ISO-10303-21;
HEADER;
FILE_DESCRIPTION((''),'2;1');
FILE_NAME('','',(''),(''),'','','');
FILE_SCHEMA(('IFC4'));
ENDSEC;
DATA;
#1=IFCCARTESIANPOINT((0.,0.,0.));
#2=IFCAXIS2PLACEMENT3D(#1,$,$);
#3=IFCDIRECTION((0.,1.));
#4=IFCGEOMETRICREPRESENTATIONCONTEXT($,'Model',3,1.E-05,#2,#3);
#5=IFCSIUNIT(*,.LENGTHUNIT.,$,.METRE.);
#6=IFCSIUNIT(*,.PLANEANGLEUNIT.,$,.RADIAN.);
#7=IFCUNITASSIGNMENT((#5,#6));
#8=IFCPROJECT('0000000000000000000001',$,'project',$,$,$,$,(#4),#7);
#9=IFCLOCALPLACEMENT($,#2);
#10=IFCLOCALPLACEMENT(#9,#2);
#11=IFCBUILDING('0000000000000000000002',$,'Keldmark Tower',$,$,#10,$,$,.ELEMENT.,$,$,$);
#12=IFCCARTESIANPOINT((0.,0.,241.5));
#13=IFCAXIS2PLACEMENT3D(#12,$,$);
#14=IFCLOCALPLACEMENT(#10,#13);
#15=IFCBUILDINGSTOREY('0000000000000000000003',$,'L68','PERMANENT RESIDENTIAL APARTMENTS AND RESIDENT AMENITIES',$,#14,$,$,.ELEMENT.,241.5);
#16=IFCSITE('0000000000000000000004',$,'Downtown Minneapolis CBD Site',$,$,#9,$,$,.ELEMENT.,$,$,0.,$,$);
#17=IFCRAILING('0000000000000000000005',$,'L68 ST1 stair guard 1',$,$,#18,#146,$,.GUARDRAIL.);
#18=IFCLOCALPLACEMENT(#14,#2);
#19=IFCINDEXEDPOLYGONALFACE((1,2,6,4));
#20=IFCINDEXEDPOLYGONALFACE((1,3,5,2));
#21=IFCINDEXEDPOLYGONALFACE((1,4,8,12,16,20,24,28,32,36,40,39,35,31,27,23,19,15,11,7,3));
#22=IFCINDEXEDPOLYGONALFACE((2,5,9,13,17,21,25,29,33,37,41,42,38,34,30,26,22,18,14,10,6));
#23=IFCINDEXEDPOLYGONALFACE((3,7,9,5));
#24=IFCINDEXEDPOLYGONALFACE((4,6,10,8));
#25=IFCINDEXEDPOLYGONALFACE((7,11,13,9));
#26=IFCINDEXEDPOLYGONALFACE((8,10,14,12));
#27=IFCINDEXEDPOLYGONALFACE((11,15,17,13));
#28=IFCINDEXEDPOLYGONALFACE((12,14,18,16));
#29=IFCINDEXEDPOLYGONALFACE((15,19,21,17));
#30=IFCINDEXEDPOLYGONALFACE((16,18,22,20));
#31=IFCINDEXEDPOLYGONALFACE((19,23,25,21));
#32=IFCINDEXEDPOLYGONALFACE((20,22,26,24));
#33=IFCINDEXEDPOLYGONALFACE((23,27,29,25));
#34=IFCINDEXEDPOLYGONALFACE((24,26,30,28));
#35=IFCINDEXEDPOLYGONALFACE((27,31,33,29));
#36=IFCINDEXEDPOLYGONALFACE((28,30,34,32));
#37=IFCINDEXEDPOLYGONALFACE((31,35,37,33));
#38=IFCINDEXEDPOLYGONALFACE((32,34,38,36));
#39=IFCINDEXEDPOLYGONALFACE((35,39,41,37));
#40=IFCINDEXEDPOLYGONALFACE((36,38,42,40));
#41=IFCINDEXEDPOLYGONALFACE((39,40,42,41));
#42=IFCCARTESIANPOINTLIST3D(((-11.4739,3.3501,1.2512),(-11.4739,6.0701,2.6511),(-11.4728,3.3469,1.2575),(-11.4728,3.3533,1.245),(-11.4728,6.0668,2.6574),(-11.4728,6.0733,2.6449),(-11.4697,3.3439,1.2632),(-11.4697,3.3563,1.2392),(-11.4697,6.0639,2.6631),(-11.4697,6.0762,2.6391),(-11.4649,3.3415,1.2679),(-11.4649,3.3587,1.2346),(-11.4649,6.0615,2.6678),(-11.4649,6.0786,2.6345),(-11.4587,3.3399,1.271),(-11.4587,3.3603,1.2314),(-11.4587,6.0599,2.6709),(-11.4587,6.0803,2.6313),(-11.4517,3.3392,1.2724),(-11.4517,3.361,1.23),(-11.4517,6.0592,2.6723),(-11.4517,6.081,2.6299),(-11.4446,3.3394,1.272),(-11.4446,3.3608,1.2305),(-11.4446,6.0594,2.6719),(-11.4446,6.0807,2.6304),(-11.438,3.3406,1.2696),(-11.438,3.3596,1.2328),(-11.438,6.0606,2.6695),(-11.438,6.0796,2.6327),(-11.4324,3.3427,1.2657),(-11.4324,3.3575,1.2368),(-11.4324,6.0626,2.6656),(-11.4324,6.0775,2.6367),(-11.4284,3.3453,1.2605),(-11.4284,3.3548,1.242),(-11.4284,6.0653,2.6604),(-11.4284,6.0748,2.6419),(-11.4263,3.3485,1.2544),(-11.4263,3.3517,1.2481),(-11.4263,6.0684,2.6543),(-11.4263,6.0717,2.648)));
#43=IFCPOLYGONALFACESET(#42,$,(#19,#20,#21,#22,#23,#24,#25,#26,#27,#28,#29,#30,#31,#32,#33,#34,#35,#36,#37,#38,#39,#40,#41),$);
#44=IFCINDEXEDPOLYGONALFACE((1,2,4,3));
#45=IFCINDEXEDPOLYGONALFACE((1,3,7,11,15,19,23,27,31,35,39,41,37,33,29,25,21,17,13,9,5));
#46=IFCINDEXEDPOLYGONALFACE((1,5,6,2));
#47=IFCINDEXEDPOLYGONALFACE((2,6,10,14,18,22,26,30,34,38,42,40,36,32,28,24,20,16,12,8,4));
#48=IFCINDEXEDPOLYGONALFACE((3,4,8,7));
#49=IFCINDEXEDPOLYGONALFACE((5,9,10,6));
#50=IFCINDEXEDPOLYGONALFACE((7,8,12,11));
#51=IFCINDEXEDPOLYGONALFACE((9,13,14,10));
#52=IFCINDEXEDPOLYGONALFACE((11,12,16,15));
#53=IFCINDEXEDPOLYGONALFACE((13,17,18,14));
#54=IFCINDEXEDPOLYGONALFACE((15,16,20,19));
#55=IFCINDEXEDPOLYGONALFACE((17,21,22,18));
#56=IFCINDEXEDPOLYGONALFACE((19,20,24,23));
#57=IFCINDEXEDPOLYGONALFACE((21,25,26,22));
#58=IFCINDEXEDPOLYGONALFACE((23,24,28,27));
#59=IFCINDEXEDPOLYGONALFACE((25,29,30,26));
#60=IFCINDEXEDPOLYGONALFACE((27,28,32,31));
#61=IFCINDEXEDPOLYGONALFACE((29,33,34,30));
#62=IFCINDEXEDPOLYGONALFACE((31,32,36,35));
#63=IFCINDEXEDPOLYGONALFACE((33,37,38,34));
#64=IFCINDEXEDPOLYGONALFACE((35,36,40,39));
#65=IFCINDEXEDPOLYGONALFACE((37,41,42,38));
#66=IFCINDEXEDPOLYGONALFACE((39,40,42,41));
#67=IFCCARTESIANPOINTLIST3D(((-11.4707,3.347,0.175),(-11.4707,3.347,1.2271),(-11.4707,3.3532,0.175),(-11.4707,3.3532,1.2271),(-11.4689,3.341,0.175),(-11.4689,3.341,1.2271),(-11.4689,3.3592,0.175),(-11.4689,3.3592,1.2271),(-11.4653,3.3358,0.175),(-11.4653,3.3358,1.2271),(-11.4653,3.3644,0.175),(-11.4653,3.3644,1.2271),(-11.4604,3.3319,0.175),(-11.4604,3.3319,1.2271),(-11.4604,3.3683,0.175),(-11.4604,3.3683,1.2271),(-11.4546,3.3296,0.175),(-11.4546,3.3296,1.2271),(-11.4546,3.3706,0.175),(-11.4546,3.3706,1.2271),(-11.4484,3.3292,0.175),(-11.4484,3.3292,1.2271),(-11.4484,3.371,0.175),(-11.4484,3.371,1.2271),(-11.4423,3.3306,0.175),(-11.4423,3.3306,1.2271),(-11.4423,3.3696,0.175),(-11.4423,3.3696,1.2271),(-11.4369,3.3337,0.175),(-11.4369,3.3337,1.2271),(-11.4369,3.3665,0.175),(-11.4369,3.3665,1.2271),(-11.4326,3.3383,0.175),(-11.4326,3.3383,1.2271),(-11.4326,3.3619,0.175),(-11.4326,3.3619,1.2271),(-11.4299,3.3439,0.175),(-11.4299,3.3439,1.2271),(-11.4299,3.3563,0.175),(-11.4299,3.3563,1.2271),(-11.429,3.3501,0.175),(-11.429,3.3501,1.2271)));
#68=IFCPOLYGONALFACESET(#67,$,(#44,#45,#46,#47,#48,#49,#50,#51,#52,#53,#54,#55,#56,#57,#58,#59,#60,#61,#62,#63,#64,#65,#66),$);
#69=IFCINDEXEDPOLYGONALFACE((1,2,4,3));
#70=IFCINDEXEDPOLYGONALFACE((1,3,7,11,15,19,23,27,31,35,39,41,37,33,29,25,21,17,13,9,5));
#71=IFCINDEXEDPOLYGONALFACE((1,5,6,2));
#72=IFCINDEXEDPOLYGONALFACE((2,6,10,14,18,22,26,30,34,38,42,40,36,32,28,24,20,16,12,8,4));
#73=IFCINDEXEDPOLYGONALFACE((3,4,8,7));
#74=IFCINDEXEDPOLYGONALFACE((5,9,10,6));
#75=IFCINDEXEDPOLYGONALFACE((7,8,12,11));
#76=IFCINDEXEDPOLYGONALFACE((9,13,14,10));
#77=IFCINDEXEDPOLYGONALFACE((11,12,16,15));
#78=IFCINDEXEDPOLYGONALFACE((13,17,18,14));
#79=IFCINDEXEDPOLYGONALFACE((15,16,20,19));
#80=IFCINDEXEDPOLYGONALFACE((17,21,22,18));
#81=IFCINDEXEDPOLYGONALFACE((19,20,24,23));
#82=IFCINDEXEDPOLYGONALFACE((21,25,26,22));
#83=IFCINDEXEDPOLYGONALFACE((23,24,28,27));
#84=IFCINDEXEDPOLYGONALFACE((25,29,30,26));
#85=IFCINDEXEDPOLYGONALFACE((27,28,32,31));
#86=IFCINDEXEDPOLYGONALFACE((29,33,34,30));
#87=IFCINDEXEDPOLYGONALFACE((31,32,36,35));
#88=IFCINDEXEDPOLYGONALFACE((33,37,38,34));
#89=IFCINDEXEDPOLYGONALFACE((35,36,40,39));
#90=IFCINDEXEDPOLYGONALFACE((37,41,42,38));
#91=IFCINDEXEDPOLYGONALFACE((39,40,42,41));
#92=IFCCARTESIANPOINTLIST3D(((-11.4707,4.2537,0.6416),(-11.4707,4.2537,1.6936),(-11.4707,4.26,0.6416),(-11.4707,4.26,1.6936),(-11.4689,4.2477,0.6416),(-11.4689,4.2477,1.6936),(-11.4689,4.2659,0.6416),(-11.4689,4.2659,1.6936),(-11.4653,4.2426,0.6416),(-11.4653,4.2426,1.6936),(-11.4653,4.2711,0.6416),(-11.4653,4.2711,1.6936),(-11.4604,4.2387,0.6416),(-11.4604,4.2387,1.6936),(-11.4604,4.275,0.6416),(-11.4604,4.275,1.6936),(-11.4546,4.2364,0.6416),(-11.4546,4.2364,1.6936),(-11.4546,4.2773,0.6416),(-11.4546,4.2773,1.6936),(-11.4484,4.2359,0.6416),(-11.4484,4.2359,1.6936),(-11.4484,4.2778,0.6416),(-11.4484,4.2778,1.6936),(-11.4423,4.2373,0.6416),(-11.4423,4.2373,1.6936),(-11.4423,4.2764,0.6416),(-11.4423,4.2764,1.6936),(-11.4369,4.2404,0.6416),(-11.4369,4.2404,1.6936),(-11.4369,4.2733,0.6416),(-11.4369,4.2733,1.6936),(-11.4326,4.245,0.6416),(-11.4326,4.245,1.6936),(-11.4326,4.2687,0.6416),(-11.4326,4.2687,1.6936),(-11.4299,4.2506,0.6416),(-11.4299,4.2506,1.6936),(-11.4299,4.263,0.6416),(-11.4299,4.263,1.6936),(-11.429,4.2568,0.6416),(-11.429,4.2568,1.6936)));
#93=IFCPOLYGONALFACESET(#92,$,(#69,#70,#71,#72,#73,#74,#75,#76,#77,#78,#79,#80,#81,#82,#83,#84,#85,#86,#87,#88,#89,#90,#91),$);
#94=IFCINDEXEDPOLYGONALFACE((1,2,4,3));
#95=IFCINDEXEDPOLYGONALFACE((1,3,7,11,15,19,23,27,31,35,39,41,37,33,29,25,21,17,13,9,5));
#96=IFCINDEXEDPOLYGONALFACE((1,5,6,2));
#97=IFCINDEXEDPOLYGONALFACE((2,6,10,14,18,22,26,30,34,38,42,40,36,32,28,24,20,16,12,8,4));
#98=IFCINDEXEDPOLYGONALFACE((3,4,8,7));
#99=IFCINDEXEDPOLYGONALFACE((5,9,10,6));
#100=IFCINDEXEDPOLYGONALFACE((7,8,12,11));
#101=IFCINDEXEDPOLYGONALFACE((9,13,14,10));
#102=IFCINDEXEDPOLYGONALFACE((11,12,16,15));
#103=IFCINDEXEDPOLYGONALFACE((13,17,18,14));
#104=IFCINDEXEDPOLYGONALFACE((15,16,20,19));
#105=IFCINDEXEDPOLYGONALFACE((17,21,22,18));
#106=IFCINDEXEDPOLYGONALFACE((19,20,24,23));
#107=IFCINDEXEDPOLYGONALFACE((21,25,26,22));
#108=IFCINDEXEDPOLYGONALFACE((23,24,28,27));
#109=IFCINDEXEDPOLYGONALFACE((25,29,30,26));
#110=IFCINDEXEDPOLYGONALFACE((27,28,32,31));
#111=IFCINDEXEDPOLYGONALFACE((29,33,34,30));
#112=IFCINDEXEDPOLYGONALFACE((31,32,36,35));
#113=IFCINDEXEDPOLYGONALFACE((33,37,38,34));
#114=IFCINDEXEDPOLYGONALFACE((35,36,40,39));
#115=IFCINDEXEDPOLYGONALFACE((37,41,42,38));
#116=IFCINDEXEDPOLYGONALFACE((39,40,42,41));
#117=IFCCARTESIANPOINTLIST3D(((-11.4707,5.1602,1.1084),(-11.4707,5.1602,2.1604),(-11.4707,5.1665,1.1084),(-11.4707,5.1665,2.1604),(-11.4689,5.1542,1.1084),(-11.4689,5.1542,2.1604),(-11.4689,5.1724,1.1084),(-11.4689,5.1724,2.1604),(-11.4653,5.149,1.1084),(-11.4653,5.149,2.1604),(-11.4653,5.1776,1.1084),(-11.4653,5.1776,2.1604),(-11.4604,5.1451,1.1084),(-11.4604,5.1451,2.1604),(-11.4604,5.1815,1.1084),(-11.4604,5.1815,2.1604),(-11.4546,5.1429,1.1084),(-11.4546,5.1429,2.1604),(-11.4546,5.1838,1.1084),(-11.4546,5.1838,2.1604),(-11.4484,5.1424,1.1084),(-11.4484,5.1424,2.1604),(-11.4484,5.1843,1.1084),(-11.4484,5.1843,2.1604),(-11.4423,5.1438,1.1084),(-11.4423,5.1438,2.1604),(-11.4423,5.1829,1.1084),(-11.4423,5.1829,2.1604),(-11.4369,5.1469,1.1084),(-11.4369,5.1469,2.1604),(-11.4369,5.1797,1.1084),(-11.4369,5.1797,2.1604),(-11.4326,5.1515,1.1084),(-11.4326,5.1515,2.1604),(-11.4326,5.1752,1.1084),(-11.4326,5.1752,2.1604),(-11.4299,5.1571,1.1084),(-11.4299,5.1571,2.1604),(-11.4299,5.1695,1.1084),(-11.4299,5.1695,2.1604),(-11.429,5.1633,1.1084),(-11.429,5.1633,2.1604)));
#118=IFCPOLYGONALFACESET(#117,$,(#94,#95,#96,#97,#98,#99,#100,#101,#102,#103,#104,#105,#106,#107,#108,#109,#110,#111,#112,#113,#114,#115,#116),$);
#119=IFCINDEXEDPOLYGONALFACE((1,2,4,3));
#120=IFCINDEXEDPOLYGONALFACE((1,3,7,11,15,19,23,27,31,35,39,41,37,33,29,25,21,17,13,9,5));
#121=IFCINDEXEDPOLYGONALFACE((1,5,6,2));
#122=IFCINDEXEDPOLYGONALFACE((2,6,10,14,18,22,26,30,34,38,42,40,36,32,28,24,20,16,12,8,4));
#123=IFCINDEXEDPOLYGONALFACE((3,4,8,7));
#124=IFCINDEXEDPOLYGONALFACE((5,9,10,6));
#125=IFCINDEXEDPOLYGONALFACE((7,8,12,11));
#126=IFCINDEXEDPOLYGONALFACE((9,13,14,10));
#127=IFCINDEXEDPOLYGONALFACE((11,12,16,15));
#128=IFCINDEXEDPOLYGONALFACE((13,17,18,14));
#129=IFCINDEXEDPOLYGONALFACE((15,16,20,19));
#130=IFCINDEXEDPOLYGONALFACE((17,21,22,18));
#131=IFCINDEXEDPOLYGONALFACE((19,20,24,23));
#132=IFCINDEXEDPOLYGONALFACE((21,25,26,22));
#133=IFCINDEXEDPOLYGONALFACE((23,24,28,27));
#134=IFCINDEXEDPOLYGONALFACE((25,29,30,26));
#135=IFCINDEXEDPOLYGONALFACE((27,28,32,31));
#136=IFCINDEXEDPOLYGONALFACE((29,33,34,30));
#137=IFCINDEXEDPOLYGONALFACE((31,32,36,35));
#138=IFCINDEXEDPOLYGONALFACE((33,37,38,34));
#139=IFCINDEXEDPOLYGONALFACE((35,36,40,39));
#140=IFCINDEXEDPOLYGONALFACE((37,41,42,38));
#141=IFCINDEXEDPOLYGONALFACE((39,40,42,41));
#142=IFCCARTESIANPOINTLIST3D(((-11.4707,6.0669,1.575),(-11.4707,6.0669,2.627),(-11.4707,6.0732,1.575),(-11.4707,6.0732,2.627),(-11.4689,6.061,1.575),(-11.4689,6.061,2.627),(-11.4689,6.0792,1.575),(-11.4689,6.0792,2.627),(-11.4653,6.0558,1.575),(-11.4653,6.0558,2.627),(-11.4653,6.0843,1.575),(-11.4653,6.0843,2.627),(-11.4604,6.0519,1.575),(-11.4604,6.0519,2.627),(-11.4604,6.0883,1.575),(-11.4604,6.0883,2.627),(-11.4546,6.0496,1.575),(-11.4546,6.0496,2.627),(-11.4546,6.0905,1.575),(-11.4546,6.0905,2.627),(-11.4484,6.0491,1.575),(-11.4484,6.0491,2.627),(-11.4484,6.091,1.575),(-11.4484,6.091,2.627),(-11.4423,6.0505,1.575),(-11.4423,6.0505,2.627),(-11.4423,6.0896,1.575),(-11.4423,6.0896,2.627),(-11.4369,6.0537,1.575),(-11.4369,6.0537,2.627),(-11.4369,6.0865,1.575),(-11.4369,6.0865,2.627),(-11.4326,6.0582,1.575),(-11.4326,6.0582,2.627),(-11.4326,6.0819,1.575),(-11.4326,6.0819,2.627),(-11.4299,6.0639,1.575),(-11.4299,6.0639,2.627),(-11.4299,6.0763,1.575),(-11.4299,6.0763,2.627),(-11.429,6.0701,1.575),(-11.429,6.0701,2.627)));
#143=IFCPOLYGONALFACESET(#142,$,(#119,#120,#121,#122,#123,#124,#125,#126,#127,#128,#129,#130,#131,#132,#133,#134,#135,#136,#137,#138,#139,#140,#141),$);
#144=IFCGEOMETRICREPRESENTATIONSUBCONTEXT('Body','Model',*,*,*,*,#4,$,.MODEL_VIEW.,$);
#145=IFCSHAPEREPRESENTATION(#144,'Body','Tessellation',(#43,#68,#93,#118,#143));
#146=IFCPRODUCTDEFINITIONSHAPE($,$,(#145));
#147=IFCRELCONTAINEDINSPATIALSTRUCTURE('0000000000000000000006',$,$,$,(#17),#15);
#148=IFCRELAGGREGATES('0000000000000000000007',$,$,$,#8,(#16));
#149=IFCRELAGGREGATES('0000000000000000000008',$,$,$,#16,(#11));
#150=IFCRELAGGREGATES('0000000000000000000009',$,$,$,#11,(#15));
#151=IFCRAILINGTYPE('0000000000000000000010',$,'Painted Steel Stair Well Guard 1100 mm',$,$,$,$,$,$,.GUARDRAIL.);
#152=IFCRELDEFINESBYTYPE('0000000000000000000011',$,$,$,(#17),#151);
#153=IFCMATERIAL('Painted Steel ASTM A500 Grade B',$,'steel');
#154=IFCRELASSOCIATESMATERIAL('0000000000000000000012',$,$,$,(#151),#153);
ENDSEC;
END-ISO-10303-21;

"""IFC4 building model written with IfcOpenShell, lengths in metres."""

from ifc_helpers import new_model, si_unit, direction, frame, origin, origin_2d, place, context, subcontext, project, spatial, circle, extrude, material, type_object, element, save


model = new_model("IFC4")

# Units and contexts
model_context = context("Model", 3, precision=1e-05, world=origin(), true_north=direction((0.0, 1.0)))
body_context = subcontext(model_context, "Body", "Model", "MODEL_VIEW")
ifc_project = project(units=[si_unit("LENGTHUNIT", "METRE"), si_unit("PLANEANGLEUNIT", "RADIAN")], contexts=[model_context])

# Site, building, storey
site_placement = place(None, origin())
site = spatial("IfcSite", under=ifc_project, at=site_placement, Name="Downtown Minneapolis CBD Site", CompositionType="ELEMENT", RefElevation=0.0)
building_placement = place(site_placement, origin())
building = spatial("IfcBuilding", under=site, at=building_placement, Name="Keldmark Tower", CompositionType="ELEMENT")
storey_placement = place(building_placement, frame((0.0, 0.0, 241.5)))
storey = spatial("IfcBuildingStorey", under=building, at=storey_placement, Name="L68", Description="PERMANENT RESIDENTIAL APARTMENTS AND RESIDENT AMENITIES", CompositionType="ELEMENT", Elevation=241.5)

# Railing
ifc_material_1 = material(Name="Painted Steel ASTM A500 Grade B", Category="steel")
railing_type_1 = type_object("IfcRailingType", Name="Painted Steel Stair Well Guard 1100 mm", PredefinedType="GUARDRAIL", material=ifc_material_1)
railing_1_placement = place(storey_placement, frame((-11.45, 3.3501, 0.175)))
element("IfcRailing", 1, at=railing_1_placement, inside=storey, type_object=railing_type_1, Name="L68 ST1 stair guard 1", PredefinedType="GUARDRAIL", context=body_context, shape_type="SweptSolid", body=[
    extrude(circle(Radius=0.0239, at=origin_2d()), frame((0.0, 0.0, 1.0762), z_axis=(0.0, 0.889147, 0.457622), x_axis=(-1.0, 0.0, 0.0)), (0.0, 0.0, 1.0), 3.0591),
    extrude(circle(Radius=0.021, at=origin_2d()), origin(), (0.0, 0.0, 1.0), 1.052),
    extrude(circle(Radius=0.021, at=origin_2d()), frame((0.0, 0.9067, 0.4666)), (0.0, 0.0, 1.0), 1.052),
    extrude(circle(Radius=0.021, at=origin_2d()), frame((0.0, 1.8132, 0.9333)), (0.0, 0.0, 1.0), 1.052),
    extrude(circle(Radius=0.021, at=origin_2d()), frame((0.0, 2.72, 1.3999)), (0.0, 0.0, 1.0), 1.052),
])

save(model, "model.ifc")
